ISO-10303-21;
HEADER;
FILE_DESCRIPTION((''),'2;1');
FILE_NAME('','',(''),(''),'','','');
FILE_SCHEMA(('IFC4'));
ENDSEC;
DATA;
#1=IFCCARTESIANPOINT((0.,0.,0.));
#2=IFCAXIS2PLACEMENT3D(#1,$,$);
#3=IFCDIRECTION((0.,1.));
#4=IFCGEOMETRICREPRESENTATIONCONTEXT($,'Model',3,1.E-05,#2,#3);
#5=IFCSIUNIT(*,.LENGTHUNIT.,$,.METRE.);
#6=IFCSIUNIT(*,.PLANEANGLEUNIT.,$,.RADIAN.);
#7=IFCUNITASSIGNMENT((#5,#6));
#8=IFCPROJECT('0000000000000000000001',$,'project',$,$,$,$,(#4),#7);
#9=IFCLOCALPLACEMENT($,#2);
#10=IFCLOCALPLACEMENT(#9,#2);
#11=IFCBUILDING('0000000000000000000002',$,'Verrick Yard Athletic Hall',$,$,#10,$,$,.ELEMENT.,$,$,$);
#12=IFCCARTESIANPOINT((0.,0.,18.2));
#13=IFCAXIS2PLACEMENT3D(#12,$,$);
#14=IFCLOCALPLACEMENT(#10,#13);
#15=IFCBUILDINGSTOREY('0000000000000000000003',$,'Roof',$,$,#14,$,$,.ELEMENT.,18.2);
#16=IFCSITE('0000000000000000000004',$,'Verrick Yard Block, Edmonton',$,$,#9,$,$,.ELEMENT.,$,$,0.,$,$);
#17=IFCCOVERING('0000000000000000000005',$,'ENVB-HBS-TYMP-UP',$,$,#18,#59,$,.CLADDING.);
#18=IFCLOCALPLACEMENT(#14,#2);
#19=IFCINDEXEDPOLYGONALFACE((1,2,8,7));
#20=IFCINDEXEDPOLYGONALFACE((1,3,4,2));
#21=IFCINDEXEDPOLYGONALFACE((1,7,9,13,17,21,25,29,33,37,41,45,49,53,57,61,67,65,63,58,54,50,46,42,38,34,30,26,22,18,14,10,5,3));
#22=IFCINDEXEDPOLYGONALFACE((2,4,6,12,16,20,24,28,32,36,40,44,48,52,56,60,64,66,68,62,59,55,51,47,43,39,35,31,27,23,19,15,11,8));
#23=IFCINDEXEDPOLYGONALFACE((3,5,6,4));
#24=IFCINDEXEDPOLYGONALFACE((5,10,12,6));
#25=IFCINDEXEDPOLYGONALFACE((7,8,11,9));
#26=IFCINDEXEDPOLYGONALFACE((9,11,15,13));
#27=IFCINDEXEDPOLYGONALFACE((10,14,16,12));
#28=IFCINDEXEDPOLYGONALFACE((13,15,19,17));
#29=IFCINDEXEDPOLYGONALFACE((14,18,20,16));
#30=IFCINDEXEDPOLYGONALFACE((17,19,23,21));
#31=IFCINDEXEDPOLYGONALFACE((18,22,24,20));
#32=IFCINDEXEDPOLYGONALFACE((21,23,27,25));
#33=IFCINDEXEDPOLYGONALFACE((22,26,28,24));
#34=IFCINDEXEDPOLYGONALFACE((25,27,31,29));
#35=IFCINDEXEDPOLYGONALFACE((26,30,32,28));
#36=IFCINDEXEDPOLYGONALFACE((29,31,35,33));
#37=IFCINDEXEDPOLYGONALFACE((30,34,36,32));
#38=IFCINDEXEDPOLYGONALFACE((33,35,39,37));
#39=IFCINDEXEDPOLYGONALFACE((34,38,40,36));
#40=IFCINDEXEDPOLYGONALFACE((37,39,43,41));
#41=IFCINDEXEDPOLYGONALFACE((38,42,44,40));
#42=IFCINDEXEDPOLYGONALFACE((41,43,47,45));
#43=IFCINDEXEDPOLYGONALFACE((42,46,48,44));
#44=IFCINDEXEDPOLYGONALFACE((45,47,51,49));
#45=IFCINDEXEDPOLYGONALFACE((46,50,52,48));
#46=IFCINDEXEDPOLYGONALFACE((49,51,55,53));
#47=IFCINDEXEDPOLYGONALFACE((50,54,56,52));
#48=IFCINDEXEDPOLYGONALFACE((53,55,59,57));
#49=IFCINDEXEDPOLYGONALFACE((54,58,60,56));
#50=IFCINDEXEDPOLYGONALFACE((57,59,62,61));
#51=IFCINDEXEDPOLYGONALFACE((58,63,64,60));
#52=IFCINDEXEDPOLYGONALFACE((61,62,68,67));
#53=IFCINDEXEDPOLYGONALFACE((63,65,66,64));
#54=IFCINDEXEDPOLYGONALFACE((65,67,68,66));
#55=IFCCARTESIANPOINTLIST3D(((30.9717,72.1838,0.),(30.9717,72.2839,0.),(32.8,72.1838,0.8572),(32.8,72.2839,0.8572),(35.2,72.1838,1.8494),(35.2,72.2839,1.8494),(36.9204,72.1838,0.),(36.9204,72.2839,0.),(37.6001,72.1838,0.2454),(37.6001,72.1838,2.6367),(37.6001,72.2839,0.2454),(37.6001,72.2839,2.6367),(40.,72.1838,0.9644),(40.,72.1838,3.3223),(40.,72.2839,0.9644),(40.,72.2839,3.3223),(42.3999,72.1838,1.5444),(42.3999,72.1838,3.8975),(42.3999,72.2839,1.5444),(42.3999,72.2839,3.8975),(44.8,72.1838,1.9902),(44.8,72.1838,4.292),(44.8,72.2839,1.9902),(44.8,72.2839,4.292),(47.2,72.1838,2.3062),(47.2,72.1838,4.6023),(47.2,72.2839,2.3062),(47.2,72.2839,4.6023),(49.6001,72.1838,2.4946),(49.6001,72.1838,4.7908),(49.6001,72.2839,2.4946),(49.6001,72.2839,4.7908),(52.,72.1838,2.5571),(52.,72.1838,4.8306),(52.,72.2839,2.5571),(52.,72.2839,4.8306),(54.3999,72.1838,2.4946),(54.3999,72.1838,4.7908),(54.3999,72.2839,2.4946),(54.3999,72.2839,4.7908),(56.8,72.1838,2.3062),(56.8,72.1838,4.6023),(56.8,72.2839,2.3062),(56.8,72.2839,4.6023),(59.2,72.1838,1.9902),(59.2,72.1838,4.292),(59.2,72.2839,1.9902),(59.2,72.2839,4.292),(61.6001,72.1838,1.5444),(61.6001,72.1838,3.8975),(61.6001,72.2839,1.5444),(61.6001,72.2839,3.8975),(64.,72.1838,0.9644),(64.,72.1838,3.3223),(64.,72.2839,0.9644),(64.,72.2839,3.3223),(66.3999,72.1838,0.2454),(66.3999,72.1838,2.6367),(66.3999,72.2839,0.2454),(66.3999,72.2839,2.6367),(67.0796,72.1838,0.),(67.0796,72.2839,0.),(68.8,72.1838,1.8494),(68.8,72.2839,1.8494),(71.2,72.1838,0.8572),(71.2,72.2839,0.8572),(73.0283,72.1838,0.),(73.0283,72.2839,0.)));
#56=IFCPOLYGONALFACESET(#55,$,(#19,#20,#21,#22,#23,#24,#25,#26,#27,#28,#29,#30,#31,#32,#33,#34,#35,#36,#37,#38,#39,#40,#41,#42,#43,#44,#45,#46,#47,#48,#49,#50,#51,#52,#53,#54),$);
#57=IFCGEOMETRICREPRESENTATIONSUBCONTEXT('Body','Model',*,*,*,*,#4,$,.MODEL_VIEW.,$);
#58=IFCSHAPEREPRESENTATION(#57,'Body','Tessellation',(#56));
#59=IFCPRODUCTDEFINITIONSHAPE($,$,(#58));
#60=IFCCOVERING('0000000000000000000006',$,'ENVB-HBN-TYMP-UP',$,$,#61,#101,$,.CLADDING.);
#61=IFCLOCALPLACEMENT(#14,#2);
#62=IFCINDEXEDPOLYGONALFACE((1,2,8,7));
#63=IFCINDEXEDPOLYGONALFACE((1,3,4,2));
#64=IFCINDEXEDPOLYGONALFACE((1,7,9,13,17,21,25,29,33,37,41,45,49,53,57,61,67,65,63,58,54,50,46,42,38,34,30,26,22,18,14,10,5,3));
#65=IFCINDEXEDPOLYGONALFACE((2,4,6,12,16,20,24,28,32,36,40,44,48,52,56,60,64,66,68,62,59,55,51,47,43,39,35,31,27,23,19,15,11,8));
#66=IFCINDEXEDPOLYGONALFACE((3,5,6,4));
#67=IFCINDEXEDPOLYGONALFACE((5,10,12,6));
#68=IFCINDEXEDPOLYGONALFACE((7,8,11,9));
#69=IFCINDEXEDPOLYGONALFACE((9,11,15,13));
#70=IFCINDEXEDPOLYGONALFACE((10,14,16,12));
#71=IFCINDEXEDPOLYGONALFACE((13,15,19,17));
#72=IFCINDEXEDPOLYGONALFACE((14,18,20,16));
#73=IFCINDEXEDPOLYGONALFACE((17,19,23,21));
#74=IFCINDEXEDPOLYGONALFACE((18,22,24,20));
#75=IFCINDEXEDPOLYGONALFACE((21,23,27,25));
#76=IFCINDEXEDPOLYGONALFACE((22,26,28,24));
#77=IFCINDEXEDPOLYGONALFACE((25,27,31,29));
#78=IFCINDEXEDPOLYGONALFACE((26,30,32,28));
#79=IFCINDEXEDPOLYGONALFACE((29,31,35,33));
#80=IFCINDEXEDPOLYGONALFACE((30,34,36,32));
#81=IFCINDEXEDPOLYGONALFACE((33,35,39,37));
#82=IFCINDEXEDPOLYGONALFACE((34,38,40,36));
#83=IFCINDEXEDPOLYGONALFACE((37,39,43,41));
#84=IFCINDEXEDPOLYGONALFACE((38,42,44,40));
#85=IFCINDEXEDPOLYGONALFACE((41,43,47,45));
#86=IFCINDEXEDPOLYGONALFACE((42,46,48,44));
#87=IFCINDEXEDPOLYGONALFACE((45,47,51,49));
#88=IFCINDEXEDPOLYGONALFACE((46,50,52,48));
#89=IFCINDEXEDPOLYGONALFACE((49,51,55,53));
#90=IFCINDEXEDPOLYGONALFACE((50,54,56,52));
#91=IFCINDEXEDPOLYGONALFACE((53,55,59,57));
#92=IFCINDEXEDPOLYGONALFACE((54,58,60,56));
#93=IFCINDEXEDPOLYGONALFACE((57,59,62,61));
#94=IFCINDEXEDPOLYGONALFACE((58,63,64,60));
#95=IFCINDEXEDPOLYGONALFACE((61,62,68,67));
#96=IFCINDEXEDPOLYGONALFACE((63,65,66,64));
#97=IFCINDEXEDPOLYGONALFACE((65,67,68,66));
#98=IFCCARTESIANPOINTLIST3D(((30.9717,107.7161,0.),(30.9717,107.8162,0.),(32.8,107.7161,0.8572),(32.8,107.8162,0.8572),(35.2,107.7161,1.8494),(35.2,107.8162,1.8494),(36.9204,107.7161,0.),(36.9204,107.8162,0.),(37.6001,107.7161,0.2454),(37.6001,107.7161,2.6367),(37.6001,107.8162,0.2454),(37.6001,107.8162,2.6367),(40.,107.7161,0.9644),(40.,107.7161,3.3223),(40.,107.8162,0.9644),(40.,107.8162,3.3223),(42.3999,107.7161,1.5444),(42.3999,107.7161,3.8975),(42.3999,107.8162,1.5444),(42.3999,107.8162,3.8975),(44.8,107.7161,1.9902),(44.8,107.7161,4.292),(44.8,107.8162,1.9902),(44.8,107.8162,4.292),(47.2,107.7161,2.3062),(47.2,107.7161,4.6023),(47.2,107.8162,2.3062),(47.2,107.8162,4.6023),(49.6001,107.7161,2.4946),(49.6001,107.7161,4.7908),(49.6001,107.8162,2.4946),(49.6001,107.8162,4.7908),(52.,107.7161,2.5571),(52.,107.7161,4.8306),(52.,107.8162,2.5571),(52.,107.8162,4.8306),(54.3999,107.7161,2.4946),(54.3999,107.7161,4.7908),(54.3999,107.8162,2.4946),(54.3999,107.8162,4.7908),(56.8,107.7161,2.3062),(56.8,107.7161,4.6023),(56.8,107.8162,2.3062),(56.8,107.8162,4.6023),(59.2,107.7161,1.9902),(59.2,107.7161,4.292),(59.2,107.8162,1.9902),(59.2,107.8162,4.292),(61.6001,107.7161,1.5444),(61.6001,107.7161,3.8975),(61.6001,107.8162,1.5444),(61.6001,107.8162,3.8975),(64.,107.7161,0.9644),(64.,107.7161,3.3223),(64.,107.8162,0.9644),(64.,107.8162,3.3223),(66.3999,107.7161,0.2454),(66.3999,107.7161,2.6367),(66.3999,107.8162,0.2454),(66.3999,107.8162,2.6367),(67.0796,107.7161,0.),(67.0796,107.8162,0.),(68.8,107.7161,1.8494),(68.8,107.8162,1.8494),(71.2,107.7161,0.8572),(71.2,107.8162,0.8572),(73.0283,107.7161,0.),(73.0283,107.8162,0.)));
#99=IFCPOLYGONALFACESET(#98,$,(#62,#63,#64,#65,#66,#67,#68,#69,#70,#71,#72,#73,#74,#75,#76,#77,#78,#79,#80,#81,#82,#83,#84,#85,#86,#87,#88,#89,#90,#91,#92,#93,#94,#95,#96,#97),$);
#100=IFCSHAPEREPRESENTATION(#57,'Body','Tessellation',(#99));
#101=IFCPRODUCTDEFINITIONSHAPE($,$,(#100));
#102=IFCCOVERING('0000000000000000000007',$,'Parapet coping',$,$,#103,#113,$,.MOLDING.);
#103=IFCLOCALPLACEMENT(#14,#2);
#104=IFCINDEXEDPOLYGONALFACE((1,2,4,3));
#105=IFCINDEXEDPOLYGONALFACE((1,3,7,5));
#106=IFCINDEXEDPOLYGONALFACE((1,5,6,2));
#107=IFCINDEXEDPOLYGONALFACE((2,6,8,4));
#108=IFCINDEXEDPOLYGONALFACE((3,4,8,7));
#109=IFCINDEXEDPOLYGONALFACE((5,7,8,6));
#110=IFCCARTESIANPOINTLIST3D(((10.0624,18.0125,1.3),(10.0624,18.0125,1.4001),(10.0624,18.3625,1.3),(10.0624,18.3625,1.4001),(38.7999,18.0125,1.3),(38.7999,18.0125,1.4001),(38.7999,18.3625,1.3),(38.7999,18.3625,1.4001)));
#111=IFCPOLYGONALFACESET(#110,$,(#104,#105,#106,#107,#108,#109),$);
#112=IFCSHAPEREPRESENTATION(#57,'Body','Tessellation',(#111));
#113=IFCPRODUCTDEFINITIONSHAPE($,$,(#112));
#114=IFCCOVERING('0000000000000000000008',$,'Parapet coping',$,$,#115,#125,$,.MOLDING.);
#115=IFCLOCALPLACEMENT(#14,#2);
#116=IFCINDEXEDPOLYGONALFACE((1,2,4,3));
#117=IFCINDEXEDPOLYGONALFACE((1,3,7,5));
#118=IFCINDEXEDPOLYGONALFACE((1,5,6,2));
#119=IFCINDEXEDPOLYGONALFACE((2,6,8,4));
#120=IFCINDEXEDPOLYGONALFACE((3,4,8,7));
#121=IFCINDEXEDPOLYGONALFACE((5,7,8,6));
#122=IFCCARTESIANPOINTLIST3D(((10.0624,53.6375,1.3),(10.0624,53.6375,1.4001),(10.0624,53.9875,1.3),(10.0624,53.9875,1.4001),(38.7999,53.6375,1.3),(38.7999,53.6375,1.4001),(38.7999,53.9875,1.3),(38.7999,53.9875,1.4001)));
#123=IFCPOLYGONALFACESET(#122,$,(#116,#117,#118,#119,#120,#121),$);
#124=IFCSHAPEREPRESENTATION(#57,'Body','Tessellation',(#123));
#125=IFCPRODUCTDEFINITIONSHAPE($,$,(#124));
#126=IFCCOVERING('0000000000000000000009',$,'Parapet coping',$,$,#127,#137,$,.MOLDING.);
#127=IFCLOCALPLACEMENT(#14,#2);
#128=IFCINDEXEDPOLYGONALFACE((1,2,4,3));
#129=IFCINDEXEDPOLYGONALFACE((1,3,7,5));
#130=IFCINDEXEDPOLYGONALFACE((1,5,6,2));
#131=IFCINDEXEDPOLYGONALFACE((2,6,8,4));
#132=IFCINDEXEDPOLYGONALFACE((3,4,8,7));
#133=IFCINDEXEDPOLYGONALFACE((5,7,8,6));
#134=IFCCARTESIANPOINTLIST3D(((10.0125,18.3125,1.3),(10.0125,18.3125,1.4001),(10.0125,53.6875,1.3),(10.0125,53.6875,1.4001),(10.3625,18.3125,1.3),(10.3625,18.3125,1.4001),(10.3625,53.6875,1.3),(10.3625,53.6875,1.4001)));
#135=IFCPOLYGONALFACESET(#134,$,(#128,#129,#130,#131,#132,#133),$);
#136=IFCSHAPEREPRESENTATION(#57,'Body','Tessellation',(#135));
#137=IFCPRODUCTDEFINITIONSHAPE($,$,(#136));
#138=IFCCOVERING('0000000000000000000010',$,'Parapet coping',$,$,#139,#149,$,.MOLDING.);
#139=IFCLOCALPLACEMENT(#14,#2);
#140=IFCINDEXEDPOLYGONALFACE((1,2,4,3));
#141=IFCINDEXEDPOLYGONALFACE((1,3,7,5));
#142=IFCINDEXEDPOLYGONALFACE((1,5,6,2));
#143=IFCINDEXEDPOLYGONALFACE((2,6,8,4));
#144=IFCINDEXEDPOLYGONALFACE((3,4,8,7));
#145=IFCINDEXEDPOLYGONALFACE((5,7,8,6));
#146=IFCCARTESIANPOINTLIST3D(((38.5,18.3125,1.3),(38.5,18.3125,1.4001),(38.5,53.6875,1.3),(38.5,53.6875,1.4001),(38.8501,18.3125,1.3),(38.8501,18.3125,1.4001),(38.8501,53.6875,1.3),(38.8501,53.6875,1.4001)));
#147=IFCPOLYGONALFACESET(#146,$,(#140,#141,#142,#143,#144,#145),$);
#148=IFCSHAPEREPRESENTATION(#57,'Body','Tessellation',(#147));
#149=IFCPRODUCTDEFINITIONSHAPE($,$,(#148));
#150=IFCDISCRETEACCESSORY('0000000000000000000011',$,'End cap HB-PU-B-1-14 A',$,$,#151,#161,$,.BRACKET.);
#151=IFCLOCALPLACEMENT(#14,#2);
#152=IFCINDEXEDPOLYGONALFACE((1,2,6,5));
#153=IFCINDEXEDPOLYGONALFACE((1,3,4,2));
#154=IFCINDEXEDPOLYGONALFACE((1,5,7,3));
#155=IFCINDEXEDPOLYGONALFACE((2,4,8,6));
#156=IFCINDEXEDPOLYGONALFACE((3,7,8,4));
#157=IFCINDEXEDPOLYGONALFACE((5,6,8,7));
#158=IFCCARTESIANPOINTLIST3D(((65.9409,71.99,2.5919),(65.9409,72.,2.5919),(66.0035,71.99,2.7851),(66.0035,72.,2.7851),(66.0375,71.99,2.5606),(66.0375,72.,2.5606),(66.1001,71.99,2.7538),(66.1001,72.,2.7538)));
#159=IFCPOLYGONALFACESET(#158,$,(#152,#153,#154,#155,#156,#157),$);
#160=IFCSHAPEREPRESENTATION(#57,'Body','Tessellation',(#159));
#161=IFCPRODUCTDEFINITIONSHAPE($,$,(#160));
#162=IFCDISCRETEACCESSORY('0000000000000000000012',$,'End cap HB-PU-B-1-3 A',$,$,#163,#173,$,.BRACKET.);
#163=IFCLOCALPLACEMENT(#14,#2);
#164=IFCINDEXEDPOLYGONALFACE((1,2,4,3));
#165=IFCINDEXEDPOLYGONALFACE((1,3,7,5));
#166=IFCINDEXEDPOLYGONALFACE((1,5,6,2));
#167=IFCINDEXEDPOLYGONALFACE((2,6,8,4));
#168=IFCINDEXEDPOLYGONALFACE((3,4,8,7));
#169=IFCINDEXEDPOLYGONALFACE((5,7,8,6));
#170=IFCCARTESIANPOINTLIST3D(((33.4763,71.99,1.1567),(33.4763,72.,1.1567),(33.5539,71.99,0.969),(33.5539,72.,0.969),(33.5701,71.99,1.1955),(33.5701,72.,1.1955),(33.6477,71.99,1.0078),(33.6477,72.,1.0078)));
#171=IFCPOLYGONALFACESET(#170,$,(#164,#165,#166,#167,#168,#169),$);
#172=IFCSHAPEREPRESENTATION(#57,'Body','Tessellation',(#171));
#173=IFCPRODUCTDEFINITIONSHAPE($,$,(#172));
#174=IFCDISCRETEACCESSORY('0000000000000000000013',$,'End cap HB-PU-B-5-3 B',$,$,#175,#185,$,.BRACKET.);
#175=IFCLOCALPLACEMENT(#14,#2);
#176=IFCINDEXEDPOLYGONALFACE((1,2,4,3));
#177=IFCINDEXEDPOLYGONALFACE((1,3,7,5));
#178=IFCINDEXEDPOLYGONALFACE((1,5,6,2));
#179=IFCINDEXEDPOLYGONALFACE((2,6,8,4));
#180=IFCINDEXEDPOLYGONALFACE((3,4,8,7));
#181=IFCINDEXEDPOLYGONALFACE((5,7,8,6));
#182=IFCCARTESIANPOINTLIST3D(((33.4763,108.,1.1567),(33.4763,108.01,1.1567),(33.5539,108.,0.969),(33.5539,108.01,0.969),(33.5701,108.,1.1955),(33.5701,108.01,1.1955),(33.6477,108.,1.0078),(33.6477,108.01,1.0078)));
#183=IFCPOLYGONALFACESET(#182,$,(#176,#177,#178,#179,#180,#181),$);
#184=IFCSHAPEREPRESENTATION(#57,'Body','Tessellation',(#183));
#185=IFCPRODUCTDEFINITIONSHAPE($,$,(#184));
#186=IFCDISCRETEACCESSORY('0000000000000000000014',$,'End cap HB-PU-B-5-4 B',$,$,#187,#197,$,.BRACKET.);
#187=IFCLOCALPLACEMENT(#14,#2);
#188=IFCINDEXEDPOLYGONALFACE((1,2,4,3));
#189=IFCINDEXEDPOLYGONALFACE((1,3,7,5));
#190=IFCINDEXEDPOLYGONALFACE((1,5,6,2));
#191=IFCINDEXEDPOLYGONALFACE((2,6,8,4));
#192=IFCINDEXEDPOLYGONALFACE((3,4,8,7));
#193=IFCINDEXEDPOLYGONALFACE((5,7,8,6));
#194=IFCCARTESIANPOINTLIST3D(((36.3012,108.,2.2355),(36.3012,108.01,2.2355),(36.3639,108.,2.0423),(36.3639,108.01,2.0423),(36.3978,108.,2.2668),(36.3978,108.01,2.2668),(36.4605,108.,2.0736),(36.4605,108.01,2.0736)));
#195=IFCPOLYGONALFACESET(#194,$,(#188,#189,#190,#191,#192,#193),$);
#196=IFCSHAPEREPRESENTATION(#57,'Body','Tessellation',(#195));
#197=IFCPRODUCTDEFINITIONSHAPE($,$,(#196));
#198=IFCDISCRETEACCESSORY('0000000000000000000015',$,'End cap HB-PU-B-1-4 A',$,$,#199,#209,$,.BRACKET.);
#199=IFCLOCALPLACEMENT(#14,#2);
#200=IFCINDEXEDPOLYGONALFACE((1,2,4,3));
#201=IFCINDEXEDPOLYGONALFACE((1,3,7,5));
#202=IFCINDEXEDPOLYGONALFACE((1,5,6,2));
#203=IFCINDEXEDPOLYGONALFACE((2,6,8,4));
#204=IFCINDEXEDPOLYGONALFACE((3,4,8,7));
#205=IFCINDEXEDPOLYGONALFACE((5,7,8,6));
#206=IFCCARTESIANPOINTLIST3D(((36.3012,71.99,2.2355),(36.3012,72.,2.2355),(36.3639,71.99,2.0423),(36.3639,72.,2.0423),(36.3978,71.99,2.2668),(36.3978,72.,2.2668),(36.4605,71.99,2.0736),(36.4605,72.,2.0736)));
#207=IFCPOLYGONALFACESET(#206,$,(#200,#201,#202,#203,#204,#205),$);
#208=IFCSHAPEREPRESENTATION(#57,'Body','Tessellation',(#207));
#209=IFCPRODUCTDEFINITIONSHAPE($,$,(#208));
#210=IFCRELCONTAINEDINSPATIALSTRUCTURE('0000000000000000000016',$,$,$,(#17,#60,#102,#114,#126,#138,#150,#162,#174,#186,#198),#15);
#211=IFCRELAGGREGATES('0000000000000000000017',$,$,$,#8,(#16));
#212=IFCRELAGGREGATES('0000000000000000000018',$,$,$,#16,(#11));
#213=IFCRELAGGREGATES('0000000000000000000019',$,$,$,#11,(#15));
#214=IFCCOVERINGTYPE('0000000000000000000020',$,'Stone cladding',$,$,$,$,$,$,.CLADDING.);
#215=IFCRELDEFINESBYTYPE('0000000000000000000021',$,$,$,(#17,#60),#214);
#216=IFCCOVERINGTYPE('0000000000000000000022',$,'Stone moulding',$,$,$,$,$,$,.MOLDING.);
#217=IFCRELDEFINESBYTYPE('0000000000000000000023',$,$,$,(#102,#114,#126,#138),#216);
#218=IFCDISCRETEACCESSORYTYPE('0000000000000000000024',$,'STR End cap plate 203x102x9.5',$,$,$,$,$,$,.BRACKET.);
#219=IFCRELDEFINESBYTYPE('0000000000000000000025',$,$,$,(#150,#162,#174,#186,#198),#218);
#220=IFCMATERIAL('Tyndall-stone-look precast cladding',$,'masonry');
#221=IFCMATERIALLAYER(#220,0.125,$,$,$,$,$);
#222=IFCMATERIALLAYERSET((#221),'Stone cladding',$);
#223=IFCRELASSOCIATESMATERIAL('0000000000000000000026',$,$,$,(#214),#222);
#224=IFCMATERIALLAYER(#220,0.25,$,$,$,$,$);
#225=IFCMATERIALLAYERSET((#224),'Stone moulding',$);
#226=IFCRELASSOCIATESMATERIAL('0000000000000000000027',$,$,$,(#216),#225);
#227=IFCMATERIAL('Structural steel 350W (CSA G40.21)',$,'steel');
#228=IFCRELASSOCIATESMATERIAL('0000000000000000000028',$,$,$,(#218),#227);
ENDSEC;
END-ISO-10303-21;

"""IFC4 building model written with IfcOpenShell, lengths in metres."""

from ifc_helpers import new_model, si_unit, direction, frame, origin, origin_2d, place, context, subcontext, project, spatial, polyline, rectangle, outline, extrude, material, layer, layer_set, material_profile, profile_set, type_object, element, save


model = new_model("IFC4")

# Units and contexts
model_context = context("Model", 3, precision=1e-05, world=origin(), true_north=direction((0.0, 1.0)))
body_context = subcontext(model_context, "Body", "Model", "MODEL_VIEW")
ifc_project = project(units=[si_unit("LENGTHUNIT", "METRE"), si_unit("PLANEANGLEUNIT", "RADIAN")], contexts=[model_context])

# Site, building, storey
site_placement = place(None, origin())
site = spatial("IfcSite", under=ifc_project, at=site_placement, Name="Verrick Yard Block, Edmonton", CompositionType="ELEMENT", RefElevation=0.0)
building_placement = place(site_placement, origin())
building = spatial("IfcBuilding", under=site, at=building_placement, Name="Verrick Yard Athletic Hall", CompositionType="ELEMENT")
storey_placement = place(building_placement, frame((0.0, 0.0, 18.2)))
storey = spatial("IfcBuildingStorey", under=building, at=storey_placement, Name="Roof", CompositionType="ELEMENT", Elevation=18.2)

# Coverings
ifc_material_1 = material(Name="Tyndall-stone-look precast cladding", Category="masonry")
ifc_layer_1 = layer(ifc_material_1, 0.125)
ifc_layer_set_1 = layer_set([ifc_layer_1], Name="Stone cladding")
covering_type_1 = type_object("IfcCoveringType", Name="Stone cladding", PredefinedType="CLADDING", material=ifc_layer_set_1)
for number, where, z_axis, x_axis, name in (
    (1, (28.0, 72.2339, 0.0), (0.0, 0.0, 1.0), (1.0, 0.0, 0.0), "ENVB-HBS-TYMP-UP"),
    (2, (28.0, 107.7661, 0.0), (0.0, 0.0, 1.0), (1.0, 0.0, 0.0), "ENVB-HBN-TYMP-UP"),
):
    element("IfcCovering", number, at=place(storey_placement, frame(where, z_axis=z_axis, x_axis=x_axis)), inside=storey, type_object=covering_type_1, Name=name, PredefinedType="CLADDING", context=body_context, shape_type="SweptSolid", body=[
        extrude(outline(polyline([(4.8, 0.8572), (7.2, 1.8494), (9.6001, 2.6367), (12.0, 3.3223), (14.3999, 3.8975), (16.8, 4.292), (19.2, 4.6023), (21.6001, 4.7908), (24.0, 4.8306), (26.3999, 4.7908), (28.8, 4.6023), (31.2, 4.292), (33.6001, 3.8975), (36.0, 3.3223), (38.3999, 2.6367), (40.8, 1.8494), (43.2, 0.8572), (45.0283, 0.0), (39.0796, 0.0), (38.3999, 0.2454), (36.0, 0.9644), (33.6001, 1.5444), (31.2, 1.9902), (28.8, 2.3062), (26.3999, 2.4946), (24.0, 2.5571), (21.6001, 2.4946), (19.2, 2.3062), (16.8, 1.9902), (14.3999, 1.5444), (12.0, 0.9644), (9.6001, 0.2454), (8.9204, 0.0), (2.9717, 0.0), (4.8, 0.8572)])), frame((0.0, 0.05, 0.0), z_axis=(0.0, -1.0, 0.0), x_axis=(1.0, 0.0, 0.0)), (0.0, 0.0, 1.0), 0.1001),
    ])
ifc_layer_2 = layer(ifc_material_1, 0.25)
ifc_layer_set_2 = layer_set([ifc_layer_2], Name="Stone moulding")
covering_type_2 = type_object("IfcCoveringType", Name="Stone moulding", PredefinedType="MOLDING", material=ifc_layer_set_2)
for number, where, z_axis, x_axis, name in (
    (3, (24.4312, 18.1875, 1.3), (0.0, 0.0, 1.0), (1.0, 0.0, 0.0), "Parapet coping"),
    (4, (24.4312, 53.8125, 1.3), (0.0, 0.0, 1.0), (1.0, 0.0, 0.0), "Parapet coping"),
):
    element("IfcCovering", number, at=place(storey_placement, frame(where, z_axis=z_axis, x_axis=x_axis)), inside=storey, type_object=covering_type_2, Name=name, PredefinedType="MOLDING", context=body_context, shape_type="SweptSolid", body=[
        extrude(rectangle(XDim=28.7375, YDim=0.3501, at=origin_2d()), origin(), (0.0, 0.0, 1.0), 0.1001),
    ])
for number, where, z_axis, x_axis, name in (
    (5, (10.1875, 36.0, 1.3), (0.0, 0.0, 1.0), (1.0, 0.0, 0.0), "Parapet coping"),
    (6, (38.675, 36.0, 1.3), (0.0, 0.0, 1.0), (1.0, 0.0, 0.0), "Parapet coping"),
):
    element("IfcCovering", number, at=place(storey_placement, frame(where, z_axis=z_axis, x_axis=x_axis)), inside=storey, type_object=covering_type_2, Name=name, PredefinedType="MOLDING", context=body_context, shape_type="SweptSolid", body=[
        extrude(rectangle(XDim=0.3501, YDim=35.375, at=origin_2d()), origin(), (0.0, 0.0, 1.0), 0.1001),
    ])

# Discrete accessories
ifc_material_2 = material(Name="Structural steel 350W (CSA G40.21)", Category="steel")
ifc_material_profile_1 = material_profile(ifc_material_2, rectangle(XDim=0.1016, YDim=0.2031, at=origin_2d()), Name="STR End cap plate 203x102x9.5")
ifc_profile_set_1 = profile_set([ifc_material_profile_1], Name="Structural steel 350W (CSA G40.21)")
discrete_accessory_type_1 = type_object("IfcDiscreteAccessoryType", Name="STR End cap plate 203x102x9.5", PredefinedType="BRACKET", material=ifc_profile_set_1)
for number, where, z_axis, x_axis, name in (
    (7, (66.0205, 71.99, 2.6729), (0.0, 1.0, 0.0), (-0.951214, 0.0, 0.308533), "End cap HB-PU-B-1-14 A"),
    (8, (33.562, 71.99, 1.0823), (0.0, 1.0, 0.0), (-0.924123, 0.0, -0.382096), "End cap HB-PU-B-1-3 A"),
    (9, (33.562, 108.0, 1.0823), (0.0, 1.0, 0.0), (-0.924123, 0.0, -0.382096), "End cap HB-PU-B-5-3 B"),
    (10, (36.3809, 108.0, 2.1545), (0.0, 1.0, 0.0), (-0.951214, 0.0, -0.308533), "End cap HB-PU-B-5-4 B"),
    (11, (36.3809, 71.99, 2.1545), (0.0, 1.0, 0.0), (-0.951214, 0.0, -0.308533), "End cap HB-PU-B-1-4 A"),
):
    element("IfcDiscreteAccessory", number, at=place(storey_placement, frame(where, z_axis=z_axis, x_axis=x_axis)), inside=storey, type_object=discrete_accessory_type_1, Name=name, PredefinedType="BRACKET", context=body_context, shape_type="SweptSolid", body=[
        extrude(rectangle(XDim=0.1016, YDim=0.2031, at=origin_2d()), origin(), (0.0, 0.0, 1.0), 0.01),
    ])

save(model, "model.ifc")
